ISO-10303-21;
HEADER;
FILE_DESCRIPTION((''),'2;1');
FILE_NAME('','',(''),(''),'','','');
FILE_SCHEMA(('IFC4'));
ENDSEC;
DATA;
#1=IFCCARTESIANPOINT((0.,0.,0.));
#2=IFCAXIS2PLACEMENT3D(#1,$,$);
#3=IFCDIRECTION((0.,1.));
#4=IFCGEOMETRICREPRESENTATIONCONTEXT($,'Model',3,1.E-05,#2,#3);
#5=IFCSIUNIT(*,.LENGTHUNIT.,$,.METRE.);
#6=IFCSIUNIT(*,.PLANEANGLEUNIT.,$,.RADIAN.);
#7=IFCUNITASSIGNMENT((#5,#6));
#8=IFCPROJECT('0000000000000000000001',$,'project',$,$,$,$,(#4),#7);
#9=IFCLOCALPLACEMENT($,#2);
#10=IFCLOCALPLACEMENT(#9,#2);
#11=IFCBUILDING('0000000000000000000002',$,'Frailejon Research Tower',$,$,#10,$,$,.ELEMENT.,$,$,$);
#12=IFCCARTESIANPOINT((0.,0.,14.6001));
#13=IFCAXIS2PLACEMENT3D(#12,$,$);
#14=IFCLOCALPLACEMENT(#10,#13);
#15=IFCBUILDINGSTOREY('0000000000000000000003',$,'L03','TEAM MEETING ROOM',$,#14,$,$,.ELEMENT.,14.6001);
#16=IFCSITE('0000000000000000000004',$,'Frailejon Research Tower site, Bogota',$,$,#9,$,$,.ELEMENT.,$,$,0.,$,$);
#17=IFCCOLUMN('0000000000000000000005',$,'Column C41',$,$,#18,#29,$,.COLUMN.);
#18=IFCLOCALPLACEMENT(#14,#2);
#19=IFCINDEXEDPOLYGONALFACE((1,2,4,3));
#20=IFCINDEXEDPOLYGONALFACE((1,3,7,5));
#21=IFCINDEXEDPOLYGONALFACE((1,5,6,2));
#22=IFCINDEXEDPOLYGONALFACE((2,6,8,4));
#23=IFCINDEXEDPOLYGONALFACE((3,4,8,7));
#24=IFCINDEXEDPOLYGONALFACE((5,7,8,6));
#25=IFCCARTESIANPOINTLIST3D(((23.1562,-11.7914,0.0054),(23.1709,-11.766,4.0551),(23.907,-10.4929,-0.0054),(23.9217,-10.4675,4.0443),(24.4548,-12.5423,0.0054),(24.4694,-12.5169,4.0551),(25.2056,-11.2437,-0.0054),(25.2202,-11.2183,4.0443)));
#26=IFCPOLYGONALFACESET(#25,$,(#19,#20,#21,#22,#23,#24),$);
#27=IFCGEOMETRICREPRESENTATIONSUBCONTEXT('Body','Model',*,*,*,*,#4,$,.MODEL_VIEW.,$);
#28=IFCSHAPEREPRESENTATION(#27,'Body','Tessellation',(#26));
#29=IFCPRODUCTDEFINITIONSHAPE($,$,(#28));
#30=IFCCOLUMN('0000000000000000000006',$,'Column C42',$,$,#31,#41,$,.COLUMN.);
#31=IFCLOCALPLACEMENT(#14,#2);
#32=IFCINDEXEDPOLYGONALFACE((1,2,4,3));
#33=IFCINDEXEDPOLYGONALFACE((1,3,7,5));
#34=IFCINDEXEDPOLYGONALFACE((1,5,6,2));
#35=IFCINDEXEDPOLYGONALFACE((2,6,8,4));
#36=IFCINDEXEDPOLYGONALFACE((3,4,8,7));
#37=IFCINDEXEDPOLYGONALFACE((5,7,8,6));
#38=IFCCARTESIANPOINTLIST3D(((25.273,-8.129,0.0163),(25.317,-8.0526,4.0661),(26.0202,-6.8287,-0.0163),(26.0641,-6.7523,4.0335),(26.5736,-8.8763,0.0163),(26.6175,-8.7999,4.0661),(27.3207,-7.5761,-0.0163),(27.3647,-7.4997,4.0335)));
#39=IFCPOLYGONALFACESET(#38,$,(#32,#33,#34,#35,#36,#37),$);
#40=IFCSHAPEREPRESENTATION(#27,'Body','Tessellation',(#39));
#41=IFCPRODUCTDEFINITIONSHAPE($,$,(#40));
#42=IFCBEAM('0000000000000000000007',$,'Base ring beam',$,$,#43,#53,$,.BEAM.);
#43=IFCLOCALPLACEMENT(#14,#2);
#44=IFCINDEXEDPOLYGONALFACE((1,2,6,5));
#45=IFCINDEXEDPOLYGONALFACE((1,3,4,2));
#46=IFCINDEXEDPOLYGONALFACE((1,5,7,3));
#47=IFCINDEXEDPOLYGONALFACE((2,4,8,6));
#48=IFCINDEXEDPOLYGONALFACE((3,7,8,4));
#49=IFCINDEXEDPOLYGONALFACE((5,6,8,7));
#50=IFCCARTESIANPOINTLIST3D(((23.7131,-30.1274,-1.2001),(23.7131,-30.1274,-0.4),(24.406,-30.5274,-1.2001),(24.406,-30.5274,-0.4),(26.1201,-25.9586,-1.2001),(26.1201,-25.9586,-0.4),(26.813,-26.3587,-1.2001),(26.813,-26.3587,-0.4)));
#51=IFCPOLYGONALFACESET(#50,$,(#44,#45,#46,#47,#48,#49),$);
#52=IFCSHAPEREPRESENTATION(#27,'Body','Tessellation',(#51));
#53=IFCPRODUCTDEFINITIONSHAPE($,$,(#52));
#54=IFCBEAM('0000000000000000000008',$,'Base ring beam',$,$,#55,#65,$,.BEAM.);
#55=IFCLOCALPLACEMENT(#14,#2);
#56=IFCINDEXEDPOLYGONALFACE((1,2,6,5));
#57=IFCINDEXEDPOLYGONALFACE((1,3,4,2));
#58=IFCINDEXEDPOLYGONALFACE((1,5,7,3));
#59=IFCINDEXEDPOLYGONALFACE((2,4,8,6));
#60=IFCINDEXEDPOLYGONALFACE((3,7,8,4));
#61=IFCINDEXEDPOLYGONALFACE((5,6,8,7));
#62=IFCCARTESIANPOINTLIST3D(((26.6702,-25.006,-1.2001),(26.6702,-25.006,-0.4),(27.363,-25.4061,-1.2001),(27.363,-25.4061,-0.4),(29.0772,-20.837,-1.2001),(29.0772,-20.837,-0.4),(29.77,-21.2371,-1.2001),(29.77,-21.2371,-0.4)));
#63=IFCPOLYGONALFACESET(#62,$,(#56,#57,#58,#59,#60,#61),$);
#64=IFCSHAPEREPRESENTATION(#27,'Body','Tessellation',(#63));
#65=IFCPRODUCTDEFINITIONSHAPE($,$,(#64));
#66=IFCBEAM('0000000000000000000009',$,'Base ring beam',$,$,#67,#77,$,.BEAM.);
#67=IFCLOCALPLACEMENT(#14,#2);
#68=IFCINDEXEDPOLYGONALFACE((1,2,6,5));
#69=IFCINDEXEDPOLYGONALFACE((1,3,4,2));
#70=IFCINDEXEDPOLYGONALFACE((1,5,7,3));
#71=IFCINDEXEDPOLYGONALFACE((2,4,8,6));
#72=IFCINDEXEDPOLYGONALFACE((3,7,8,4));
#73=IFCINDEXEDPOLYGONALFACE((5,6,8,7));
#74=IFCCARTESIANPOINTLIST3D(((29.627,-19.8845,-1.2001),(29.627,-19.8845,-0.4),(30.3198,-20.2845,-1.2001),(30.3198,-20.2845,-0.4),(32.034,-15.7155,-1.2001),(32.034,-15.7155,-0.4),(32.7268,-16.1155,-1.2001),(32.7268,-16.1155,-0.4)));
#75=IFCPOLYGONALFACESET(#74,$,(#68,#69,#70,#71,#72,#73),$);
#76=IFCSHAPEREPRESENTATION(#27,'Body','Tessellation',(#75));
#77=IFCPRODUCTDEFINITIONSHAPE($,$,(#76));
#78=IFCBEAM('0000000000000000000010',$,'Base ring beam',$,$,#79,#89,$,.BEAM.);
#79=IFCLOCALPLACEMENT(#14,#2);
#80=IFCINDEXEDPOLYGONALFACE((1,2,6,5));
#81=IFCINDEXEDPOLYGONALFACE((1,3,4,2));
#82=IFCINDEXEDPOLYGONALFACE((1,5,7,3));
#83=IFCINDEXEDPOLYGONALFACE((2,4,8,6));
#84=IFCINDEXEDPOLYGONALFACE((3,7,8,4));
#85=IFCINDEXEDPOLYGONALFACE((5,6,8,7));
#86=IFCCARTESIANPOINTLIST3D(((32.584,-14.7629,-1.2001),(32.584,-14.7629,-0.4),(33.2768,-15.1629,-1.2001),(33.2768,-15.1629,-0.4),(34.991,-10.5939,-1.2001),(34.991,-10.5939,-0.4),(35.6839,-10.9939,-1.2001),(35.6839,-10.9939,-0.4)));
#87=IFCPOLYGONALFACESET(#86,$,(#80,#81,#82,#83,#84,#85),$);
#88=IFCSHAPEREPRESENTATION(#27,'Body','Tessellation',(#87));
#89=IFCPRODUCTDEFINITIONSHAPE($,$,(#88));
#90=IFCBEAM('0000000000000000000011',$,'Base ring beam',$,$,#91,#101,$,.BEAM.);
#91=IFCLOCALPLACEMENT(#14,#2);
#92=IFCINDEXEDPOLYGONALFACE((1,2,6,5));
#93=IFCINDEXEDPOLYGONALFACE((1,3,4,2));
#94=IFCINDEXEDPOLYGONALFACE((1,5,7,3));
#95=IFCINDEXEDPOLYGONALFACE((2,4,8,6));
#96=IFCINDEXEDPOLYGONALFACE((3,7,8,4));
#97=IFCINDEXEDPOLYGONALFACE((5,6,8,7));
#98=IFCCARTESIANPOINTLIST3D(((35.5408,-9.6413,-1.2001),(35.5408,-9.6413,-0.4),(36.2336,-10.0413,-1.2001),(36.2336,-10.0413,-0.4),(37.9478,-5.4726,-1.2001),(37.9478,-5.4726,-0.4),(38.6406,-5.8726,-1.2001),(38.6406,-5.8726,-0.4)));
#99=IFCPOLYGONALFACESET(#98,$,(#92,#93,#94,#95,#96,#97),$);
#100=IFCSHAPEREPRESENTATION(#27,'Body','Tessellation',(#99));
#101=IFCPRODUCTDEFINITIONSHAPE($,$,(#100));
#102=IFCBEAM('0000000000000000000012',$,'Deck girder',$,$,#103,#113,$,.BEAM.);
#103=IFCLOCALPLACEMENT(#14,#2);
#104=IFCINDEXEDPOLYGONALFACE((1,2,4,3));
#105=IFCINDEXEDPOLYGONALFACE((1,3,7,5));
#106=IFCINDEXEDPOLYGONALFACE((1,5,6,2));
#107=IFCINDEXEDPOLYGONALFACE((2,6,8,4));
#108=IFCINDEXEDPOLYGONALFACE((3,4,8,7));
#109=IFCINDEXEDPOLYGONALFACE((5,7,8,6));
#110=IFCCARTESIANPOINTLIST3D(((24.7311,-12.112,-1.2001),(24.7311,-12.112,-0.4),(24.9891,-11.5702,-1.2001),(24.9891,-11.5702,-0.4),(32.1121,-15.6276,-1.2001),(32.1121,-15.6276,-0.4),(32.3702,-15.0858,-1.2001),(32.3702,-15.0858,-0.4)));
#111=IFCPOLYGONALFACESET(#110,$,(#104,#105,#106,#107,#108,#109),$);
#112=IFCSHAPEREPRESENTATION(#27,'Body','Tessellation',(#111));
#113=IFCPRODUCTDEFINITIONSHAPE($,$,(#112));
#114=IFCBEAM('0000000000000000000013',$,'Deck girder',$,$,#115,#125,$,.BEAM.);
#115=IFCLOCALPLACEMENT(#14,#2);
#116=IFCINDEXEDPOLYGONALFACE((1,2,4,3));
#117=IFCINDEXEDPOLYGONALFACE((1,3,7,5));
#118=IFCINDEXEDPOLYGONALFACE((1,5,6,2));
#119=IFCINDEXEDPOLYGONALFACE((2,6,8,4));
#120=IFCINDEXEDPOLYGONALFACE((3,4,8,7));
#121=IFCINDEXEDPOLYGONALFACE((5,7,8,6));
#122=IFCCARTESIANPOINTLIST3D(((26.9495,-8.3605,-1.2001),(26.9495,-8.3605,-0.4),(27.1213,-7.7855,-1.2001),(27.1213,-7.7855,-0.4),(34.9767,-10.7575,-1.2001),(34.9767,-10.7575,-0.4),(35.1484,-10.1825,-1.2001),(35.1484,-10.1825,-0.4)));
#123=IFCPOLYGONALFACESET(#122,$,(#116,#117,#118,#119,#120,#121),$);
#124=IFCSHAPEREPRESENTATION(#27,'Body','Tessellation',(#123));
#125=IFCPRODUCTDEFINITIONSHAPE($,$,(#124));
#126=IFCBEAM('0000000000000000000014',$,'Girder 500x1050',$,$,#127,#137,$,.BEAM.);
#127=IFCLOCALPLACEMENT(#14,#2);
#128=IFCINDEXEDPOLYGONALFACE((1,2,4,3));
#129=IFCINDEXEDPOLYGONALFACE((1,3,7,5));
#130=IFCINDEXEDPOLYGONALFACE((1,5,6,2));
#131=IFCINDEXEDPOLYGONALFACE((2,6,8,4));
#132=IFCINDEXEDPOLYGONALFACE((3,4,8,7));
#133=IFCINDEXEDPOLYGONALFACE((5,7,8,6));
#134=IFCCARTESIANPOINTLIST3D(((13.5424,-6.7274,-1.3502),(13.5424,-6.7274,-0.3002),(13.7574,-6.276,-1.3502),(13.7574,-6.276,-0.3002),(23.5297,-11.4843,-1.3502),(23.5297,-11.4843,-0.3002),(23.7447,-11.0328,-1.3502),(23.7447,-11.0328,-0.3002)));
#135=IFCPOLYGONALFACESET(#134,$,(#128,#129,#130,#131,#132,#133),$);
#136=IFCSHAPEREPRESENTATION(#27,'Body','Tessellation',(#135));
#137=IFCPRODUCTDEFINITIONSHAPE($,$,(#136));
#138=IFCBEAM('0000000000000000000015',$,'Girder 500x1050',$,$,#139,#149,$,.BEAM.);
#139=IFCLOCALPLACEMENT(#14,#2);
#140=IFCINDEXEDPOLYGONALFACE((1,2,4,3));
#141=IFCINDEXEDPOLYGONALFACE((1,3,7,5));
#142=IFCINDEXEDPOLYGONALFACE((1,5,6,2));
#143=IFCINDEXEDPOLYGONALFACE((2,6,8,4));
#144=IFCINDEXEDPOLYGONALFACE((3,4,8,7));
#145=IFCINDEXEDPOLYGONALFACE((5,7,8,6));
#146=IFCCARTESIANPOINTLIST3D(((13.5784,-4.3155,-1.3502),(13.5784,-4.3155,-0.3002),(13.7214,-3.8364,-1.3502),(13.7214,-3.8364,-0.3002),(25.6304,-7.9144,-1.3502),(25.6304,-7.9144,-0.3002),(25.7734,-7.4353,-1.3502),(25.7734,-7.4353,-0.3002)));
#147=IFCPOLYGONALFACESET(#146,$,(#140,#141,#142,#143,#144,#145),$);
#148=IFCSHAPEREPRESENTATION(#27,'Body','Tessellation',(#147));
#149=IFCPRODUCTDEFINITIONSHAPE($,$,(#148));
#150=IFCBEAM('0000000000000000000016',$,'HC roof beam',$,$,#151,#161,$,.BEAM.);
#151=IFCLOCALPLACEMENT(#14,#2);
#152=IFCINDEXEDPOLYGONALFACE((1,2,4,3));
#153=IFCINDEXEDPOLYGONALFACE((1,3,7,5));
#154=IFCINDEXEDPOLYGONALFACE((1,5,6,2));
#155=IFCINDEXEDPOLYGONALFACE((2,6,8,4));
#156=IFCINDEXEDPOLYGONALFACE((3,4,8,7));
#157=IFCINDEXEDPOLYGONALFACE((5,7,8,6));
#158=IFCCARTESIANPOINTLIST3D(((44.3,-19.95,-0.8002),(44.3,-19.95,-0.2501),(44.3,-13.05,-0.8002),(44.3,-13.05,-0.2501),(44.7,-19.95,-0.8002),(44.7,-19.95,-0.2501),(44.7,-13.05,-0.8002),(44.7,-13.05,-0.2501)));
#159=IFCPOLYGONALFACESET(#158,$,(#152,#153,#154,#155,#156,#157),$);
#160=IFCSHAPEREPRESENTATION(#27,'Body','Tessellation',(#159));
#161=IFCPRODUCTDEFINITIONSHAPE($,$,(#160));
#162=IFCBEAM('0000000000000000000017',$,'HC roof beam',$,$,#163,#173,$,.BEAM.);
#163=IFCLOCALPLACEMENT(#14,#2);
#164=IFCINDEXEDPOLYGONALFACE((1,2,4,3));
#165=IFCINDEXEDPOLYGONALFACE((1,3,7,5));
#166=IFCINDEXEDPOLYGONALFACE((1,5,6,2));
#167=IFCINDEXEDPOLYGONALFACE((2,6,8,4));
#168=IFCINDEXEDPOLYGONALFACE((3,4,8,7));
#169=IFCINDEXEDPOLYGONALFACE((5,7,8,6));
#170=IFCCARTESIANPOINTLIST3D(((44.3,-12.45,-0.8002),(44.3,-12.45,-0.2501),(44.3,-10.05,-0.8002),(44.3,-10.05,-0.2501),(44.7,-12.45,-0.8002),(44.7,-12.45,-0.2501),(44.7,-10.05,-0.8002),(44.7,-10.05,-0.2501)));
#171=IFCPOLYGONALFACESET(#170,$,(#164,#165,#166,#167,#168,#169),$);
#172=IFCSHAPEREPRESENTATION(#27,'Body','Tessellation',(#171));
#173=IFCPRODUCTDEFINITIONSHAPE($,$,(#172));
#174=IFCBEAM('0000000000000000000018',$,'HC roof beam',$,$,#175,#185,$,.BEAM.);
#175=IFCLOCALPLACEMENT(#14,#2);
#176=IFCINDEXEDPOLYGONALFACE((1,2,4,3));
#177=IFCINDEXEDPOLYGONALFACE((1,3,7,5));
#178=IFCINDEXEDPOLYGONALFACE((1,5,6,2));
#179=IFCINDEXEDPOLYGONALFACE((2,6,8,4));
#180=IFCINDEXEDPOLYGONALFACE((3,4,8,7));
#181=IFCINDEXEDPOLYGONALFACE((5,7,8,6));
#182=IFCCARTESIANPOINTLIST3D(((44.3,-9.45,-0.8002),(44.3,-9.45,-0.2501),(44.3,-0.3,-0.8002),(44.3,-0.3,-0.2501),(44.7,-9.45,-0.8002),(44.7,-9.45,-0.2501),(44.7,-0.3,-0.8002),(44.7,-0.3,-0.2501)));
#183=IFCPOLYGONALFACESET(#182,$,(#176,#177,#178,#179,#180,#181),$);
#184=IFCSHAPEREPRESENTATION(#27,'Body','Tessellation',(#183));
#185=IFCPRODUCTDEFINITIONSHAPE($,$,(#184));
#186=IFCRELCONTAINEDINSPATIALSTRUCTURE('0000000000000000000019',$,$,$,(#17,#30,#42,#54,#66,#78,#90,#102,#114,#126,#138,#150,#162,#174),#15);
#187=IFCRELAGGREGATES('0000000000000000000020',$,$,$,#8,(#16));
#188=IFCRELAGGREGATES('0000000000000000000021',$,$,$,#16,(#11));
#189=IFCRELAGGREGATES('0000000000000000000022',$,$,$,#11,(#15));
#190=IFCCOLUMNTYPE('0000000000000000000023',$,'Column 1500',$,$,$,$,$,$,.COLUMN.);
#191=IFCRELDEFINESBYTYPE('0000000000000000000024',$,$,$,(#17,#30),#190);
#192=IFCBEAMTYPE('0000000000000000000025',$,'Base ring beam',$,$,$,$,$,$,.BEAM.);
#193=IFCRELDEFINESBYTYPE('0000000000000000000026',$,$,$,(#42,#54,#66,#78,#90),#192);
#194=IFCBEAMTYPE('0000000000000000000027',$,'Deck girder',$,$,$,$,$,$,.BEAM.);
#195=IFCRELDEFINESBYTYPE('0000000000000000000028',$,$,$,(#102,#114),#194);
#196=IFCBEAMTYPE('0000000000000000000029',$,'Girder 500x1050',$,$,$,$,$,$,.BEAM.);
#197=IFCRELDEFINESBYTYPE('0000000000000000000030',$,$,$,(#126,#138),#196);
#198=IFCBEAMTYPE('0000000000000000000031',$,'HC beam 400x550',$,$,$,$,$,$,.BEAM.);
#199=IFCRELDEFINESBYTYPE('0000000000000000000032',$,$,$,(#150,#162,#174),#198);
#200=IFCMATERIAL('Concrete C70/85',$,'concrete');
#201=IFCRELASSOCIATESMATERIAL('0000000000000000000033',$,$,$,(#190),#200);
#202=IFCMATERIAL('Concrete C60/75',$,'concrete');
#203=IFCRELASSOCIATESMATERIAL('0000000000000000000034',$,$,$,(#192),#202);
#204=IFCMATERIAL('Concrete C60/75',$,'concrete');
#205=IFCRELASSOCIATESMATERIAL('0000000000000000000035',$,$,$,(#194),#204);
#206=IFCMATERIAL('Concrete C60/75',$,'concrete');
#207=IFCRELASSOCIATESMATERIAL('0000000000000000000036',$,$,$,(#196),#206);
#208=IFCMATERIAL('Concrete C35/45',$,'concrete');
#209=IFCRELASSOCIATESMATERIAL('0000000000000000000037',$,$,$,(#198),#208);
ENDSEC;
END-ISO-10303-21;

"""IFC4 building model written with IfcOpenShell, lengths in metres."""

from ifc_helpers import new_model, si_unit, direction, frame, origin, origin_2d, place, context, subcontext, project, spatial, rectangle, extrude, material, material_profile, profile_set, type_object, element, save


model = new_model("IFC4")

# Units and contexts
model_context = context("Model", 3, precision=1e-05, world=origin(), true_north=direction((0.0, 1.0)))
body_context = subcontext(model_context, "Body", "Model", "MODEL_VIEW")
ifc_project = project(units=[si_unit("LENGTHUNIT", "METRE"), si_unit("PLANEANGLEUNIT", "RADIAN")], contexts=[model_context])

# Site, building, storey
site_placement = place(None, origin())
site = spatial("IfcSite", under=ifc_project, at=site_placement, Name="Frailejon Research Tower site, Bogota", CompositionType="ELEMENT", RefElevation=0.0)
building_placement = place(site_placement, origin())
building = spatial("IfcBuilding", under=site, at=building_placement, Name="Frailejon Research Tower", CompositionType="ELEMENT")
storey_placement = place(building_placement, frame((0.0, 0.0, 14.6001)))
storey = spatial("IfcBuildingStorey", under=building, at=storey_placement, Name="L03", Description="TEAM MEETING ROOM", CompositionType="ELEMENT", Elevation=14.6001)

# Columns
ifc_material_1 = material(Name="Concrete C70/85", Category="concrete")
ifc_material_profile_1 = material_profile(ifc_material_1, rectangle(XDim=1.5, YDim=1.5, at=origin_2d()), Name="Column 1500")
ifc_profile_set_1 = profile_set([ifc_material_profile_1], Name="Concrete C70/85")
column_type = type_object("IfcColumnType", Name="Column 1500", PredefinedType="COLUMN", material=ifc_profile_set_1)
column_1_placement = place(storey_placement, frame((24.1809, -11.5176, 0.0), z_axis=(0.003617, 0.006269, 0.999974), x_axis=(0.50053, 0.865689, -0.007238)))
element("IfcColumn", 1, at=column_1_placement, inside=storey, type_object=column_type, Name="Column C41", PredefinedType="COLUMN", context=body_context, shape_type="SweptSolid", body=[
    extrude(rectangle(XDim=1.5, YDim=1.5, at=origin_2d()), origin(), (0.0, 0.0, 1.0), 4.0498),
])
column_2_placement = place(storey_placement, frame((26.2969, -7.8525, 0.0), z_axis=(0.010849, 0.018865, 0.999763), x_axis=(0.49811, 0.866841, -0.021762)))
element("IfcColumn", 2, at=column_2_placement, inside=storey, type_object=column_type, Name="Column C42", PredefinedType="COLUMN", context=body_context, shape_type="SweptSolid", body=[
    extrude(rectangle(XDim=1.5, YDim=1.5, at=origin_2d()), origin(), (0.0, 0.0, 1.0), 4.0508),
])

# Beams
ifc_material_2 = material(Name="Concrete C60/75", Category="concrete")
ifc_material_profile_2 = material_profile(ifc_material_2, rectangle(XDim=0.8, YDim=0.8, at=origin_2d()), Name="Base ring beam")
ifc_profile_set_2 = profile_set([ifc_material_profile_2], Name="Concrete C60/75")
beam_type_1 = type_object("IfcBeamType", Name="Base ring beam", PredefinedType="BEAM", material=ifc_profile_set_2)
beam_1_placement = place(storey_placement, frame((24.0596, -30.3274, -0.8), z_axis=(0.500028, 0.866009, 0.0), x_axis=(-0.866009, 0.500028, 0.0)))
element("IfcBeam", 3, at=beam_1_placement, inside=storey, type_object=beam_type_1, Name="Base ring beam", PredefinedType="BEAM", context=body_context, shape_type="SweptSolid", body=[
    extrude(rectangle(XDim=0.8, YDim=0.8, at=origin_2d()), origin(), (0.0, 0.0, 1.0), 4.8137),
])
for number, where, z_axis, x_axis, name in (
    (4, (27.0166, -25.2061, -0.8), (0.500006, 0.866022, 0.0), (-0.866022, 0.500006, 0.0), "Base ring beam"),
    (5, (29.9734, -20.0845, -0.8), (0.500006, 0.866022, 0.0), (-0.866022, 0.500006, 0.0), "Base ring beam"),
    (6, (32.9304, -14.9629, -0.8), (0.500006, 0.866022, 0.0), (-0.866022, 0.500006, 0.0), "Base ring beam"),
):
    element("IfcBeam", number, at=place(storey_placement, frame(where, z_axis=z_axis, x_axis=x_axis)), inside=storey, type_object=beam_type_1, Name=name, PredefinedType="BEAM", context=body_context, shape_type="SweptSolid", body=[
        extrude(rectangle(XDim=0.8, YDim=0.8, at=origin_2d()), origin(), (0.0, 0.0, 1.0), 4.814),
    ])
beam_2_placement = place(storey_placement, frame((35.8872, -9.8413, -0.8), z_axis=(0.500028, 0.866009, 0.0), x_axis=(-0.866009, 0.500028, 0.0)))
element("IfcBeam", 7, at=beam_2_placement, inside=storey, type_object=beam_type_1, Name="Base ring beam", PredefinedType="BEAM", context=body_context, shape_type="SweptSolid", body=[
    extrude(rectangle(XDim=0.8, YDim=0.8, at=origin_2d()), origin(), (0.0, 0.0, 1.0), 4.8137),
])
ifc_material_3 = material(Name="Concrete C60/75", Category="concrete")
ifc_material_profile_3 = material_profile(ifc_material_3, rectangle(XDim=0.6001, YDim=0.8, at=origin_2d()), Name="Deck girder")
ifc_profile_set_3 = profile_set([ifc_material_profile_3], Name="Concrete C60/75")
beam_type_2 = type_object("IfcBeamType", Name="Deck girder", PredefinedType="BEAM", material=ifc_profile_set_3)
beam_3_placement = place(storey_placement, frame((24.8601, -11.8411, -0.8), z_axis=(0.902822, -0.430015, 0.0), x_axis=(0.430015, 0.902822, 0.0)))
element("IfcBeam", 8, at=beam_3_placement, inside=storey, type_object=beam_type_2, Name="Deck girder", PredefinedType="BEAM", context=body_context, shape_type="SweptSolid", body=[
    extrude(rectangle(XDim=0.6001, YDim=0.8, at=origin_2d()), origin(), (0.0, 0.0, 1.0), 8.1755),
])
beam_4_placement = place(storey_placement, frame((27.0354, -8.073, -0.8), z_axis=(0.958192, -0.286126, 0.0), x_axis=(0.286126, 0.958192, 0.0)))
element("IfcBeam", 9, at=beam_4_placement, inside=storey, type_object=beam_type_2, Name="Deck girder", PredefinedType="BEAM", context=body_context, shape_type="SweptSolid", body=[
    extrude(rectangle(XDim=0.6001, YDim=0.8, at=origin_2d()), origin(), (0.0, 0.0, 1.0), 8.3774),
])
ifc_material_4 = material(Name="Concrete C60/75", Category="concrete")
ifc_material_profile_4 = material_profile(ifc_material_4, rectangle(XDim=0.5, YDim=1.05, at=origin_2d()), Name="Girder 500x1050")
ifc_profile_set_4 = profile_set([ifc_material_profile_4], Name="Concrete C60/75")
beam_type_3 = type_object("IfcBeamType", Name="Girder 500x1050", PredefinedType="BEAM", material=ifc_profile_set_4)
beam_5_placement = place(storey_placement, frame((23.6372, -11.2585, -0.8252), z_axis=(-0.902826, 0.430006, 0.0), x_axis=(-0.430006, -0.902826, 0.0)))
element("IfcBeam", 10, at=beam_5_placement, inside=storey, type_object=beam_type_3, Name="Girder 500x1050", PredefinedType="BEAM", context=body_context, shape_type="SweptSolid", body=[
    extrude(rectangle(XDim=0.5, YDim=1.05, at=origin_2d()), origin(), (0.0, 0.0, 1.0), 11.0623),
])
beam_6_placement = place(storey_placement, frame((25.7019, -7.6748, -0.8252), z_axis=(-0.958191, 0.286128, 0.0), x_axis=(-0.286128, -0.958191, 0.0)))
element("IfcBeam", 11, at=beam_6_placement, inside=storey, type_object=beam_type_3, Name="Girder 500x1050", PredefinedType="BEAM", context=body_context, shape_type="SweptSolid", body=[
    extrude(rectangle(XDim=0.5, YDim=1.05, at=origin_2d()), origin(), (0.0, 0.0, 1.0), 12.5779),
])
ifc_material_5 = material(Name="Concrete C35/45", Category="concrete")
ifc_material_profile_5 = material_profile(ifc_material_5, rectangle(XDim=0.3999, YDim=0.55, at=origin_2d()), Name="HC beam 400x550")
ifc_profile_set_5 = profile_set([ifc_material_profile_5], Name="Concrete C35/45")
beam_type_4 = type_object("IfcBeamType", Name="HC beam 400x550", PredefinedType="BEAM", material=ifc_profile_set_5)
beam_7_placement = place(storey_placement, frame((44.5, -19.95, -0.5251), z_axis=(0.0, 1.0, 0.0), x_axis=(-1.0, 0.0, 0.0)))
element("IfcBeam", 12, at=beam_7_placement, inside=storey, type_object=beam_type_4, Name="HC roof beam", PredefinedType="BEAM", context=body_context, shape_type="SweptSolid", body=[
    extrude(rectangle(XDim=0.3999, YDim=0.55, at=origin_2d()), origin(), (0.0, 0.0, 1.0), 6.8999),
])
beam_8_placement = place(storey_placement, frame((44.5, -12.45, -0.5251), z_axis=(0.0, 1.0, 0.0), x_axis=(-1.0, 0.0, 0.0)))
element("IfcBeam", 13, at=beam_8_placement, inside=storey, type_object=beam_type_4, Name="HC roof beam", PredefinedType="BEAM", context=body_context, shape_type="SweptSolid", body=[
    extrude(rectangle(XDim=0.3999, YDim=0.55, at=origin_2d()), origin(), (0.0, 0.0, 1.0), 2.3999),
])
beam_9_placement = place(storey_placement, frame((44.5, -9.45, -0.5251), z_axis=(0.0, 1.0, 0.0), x_axis=(-1.0, 0.0, 0.0)))
element("IfcBeam", 14, at=beam_9_placement, inside=storey, type_object=beam_type_4, Name="HC roof beam", PredefinedType="BEAM", context=body_context, shape_type="SweptSolid", body=[
    extrude(rectangle(XDim=0.3999, YDim=0.55, at=origin_2d()), origin(), (0.0, 0.0, 1.0), 9.1499),
])

save(model, "model.ifc")
